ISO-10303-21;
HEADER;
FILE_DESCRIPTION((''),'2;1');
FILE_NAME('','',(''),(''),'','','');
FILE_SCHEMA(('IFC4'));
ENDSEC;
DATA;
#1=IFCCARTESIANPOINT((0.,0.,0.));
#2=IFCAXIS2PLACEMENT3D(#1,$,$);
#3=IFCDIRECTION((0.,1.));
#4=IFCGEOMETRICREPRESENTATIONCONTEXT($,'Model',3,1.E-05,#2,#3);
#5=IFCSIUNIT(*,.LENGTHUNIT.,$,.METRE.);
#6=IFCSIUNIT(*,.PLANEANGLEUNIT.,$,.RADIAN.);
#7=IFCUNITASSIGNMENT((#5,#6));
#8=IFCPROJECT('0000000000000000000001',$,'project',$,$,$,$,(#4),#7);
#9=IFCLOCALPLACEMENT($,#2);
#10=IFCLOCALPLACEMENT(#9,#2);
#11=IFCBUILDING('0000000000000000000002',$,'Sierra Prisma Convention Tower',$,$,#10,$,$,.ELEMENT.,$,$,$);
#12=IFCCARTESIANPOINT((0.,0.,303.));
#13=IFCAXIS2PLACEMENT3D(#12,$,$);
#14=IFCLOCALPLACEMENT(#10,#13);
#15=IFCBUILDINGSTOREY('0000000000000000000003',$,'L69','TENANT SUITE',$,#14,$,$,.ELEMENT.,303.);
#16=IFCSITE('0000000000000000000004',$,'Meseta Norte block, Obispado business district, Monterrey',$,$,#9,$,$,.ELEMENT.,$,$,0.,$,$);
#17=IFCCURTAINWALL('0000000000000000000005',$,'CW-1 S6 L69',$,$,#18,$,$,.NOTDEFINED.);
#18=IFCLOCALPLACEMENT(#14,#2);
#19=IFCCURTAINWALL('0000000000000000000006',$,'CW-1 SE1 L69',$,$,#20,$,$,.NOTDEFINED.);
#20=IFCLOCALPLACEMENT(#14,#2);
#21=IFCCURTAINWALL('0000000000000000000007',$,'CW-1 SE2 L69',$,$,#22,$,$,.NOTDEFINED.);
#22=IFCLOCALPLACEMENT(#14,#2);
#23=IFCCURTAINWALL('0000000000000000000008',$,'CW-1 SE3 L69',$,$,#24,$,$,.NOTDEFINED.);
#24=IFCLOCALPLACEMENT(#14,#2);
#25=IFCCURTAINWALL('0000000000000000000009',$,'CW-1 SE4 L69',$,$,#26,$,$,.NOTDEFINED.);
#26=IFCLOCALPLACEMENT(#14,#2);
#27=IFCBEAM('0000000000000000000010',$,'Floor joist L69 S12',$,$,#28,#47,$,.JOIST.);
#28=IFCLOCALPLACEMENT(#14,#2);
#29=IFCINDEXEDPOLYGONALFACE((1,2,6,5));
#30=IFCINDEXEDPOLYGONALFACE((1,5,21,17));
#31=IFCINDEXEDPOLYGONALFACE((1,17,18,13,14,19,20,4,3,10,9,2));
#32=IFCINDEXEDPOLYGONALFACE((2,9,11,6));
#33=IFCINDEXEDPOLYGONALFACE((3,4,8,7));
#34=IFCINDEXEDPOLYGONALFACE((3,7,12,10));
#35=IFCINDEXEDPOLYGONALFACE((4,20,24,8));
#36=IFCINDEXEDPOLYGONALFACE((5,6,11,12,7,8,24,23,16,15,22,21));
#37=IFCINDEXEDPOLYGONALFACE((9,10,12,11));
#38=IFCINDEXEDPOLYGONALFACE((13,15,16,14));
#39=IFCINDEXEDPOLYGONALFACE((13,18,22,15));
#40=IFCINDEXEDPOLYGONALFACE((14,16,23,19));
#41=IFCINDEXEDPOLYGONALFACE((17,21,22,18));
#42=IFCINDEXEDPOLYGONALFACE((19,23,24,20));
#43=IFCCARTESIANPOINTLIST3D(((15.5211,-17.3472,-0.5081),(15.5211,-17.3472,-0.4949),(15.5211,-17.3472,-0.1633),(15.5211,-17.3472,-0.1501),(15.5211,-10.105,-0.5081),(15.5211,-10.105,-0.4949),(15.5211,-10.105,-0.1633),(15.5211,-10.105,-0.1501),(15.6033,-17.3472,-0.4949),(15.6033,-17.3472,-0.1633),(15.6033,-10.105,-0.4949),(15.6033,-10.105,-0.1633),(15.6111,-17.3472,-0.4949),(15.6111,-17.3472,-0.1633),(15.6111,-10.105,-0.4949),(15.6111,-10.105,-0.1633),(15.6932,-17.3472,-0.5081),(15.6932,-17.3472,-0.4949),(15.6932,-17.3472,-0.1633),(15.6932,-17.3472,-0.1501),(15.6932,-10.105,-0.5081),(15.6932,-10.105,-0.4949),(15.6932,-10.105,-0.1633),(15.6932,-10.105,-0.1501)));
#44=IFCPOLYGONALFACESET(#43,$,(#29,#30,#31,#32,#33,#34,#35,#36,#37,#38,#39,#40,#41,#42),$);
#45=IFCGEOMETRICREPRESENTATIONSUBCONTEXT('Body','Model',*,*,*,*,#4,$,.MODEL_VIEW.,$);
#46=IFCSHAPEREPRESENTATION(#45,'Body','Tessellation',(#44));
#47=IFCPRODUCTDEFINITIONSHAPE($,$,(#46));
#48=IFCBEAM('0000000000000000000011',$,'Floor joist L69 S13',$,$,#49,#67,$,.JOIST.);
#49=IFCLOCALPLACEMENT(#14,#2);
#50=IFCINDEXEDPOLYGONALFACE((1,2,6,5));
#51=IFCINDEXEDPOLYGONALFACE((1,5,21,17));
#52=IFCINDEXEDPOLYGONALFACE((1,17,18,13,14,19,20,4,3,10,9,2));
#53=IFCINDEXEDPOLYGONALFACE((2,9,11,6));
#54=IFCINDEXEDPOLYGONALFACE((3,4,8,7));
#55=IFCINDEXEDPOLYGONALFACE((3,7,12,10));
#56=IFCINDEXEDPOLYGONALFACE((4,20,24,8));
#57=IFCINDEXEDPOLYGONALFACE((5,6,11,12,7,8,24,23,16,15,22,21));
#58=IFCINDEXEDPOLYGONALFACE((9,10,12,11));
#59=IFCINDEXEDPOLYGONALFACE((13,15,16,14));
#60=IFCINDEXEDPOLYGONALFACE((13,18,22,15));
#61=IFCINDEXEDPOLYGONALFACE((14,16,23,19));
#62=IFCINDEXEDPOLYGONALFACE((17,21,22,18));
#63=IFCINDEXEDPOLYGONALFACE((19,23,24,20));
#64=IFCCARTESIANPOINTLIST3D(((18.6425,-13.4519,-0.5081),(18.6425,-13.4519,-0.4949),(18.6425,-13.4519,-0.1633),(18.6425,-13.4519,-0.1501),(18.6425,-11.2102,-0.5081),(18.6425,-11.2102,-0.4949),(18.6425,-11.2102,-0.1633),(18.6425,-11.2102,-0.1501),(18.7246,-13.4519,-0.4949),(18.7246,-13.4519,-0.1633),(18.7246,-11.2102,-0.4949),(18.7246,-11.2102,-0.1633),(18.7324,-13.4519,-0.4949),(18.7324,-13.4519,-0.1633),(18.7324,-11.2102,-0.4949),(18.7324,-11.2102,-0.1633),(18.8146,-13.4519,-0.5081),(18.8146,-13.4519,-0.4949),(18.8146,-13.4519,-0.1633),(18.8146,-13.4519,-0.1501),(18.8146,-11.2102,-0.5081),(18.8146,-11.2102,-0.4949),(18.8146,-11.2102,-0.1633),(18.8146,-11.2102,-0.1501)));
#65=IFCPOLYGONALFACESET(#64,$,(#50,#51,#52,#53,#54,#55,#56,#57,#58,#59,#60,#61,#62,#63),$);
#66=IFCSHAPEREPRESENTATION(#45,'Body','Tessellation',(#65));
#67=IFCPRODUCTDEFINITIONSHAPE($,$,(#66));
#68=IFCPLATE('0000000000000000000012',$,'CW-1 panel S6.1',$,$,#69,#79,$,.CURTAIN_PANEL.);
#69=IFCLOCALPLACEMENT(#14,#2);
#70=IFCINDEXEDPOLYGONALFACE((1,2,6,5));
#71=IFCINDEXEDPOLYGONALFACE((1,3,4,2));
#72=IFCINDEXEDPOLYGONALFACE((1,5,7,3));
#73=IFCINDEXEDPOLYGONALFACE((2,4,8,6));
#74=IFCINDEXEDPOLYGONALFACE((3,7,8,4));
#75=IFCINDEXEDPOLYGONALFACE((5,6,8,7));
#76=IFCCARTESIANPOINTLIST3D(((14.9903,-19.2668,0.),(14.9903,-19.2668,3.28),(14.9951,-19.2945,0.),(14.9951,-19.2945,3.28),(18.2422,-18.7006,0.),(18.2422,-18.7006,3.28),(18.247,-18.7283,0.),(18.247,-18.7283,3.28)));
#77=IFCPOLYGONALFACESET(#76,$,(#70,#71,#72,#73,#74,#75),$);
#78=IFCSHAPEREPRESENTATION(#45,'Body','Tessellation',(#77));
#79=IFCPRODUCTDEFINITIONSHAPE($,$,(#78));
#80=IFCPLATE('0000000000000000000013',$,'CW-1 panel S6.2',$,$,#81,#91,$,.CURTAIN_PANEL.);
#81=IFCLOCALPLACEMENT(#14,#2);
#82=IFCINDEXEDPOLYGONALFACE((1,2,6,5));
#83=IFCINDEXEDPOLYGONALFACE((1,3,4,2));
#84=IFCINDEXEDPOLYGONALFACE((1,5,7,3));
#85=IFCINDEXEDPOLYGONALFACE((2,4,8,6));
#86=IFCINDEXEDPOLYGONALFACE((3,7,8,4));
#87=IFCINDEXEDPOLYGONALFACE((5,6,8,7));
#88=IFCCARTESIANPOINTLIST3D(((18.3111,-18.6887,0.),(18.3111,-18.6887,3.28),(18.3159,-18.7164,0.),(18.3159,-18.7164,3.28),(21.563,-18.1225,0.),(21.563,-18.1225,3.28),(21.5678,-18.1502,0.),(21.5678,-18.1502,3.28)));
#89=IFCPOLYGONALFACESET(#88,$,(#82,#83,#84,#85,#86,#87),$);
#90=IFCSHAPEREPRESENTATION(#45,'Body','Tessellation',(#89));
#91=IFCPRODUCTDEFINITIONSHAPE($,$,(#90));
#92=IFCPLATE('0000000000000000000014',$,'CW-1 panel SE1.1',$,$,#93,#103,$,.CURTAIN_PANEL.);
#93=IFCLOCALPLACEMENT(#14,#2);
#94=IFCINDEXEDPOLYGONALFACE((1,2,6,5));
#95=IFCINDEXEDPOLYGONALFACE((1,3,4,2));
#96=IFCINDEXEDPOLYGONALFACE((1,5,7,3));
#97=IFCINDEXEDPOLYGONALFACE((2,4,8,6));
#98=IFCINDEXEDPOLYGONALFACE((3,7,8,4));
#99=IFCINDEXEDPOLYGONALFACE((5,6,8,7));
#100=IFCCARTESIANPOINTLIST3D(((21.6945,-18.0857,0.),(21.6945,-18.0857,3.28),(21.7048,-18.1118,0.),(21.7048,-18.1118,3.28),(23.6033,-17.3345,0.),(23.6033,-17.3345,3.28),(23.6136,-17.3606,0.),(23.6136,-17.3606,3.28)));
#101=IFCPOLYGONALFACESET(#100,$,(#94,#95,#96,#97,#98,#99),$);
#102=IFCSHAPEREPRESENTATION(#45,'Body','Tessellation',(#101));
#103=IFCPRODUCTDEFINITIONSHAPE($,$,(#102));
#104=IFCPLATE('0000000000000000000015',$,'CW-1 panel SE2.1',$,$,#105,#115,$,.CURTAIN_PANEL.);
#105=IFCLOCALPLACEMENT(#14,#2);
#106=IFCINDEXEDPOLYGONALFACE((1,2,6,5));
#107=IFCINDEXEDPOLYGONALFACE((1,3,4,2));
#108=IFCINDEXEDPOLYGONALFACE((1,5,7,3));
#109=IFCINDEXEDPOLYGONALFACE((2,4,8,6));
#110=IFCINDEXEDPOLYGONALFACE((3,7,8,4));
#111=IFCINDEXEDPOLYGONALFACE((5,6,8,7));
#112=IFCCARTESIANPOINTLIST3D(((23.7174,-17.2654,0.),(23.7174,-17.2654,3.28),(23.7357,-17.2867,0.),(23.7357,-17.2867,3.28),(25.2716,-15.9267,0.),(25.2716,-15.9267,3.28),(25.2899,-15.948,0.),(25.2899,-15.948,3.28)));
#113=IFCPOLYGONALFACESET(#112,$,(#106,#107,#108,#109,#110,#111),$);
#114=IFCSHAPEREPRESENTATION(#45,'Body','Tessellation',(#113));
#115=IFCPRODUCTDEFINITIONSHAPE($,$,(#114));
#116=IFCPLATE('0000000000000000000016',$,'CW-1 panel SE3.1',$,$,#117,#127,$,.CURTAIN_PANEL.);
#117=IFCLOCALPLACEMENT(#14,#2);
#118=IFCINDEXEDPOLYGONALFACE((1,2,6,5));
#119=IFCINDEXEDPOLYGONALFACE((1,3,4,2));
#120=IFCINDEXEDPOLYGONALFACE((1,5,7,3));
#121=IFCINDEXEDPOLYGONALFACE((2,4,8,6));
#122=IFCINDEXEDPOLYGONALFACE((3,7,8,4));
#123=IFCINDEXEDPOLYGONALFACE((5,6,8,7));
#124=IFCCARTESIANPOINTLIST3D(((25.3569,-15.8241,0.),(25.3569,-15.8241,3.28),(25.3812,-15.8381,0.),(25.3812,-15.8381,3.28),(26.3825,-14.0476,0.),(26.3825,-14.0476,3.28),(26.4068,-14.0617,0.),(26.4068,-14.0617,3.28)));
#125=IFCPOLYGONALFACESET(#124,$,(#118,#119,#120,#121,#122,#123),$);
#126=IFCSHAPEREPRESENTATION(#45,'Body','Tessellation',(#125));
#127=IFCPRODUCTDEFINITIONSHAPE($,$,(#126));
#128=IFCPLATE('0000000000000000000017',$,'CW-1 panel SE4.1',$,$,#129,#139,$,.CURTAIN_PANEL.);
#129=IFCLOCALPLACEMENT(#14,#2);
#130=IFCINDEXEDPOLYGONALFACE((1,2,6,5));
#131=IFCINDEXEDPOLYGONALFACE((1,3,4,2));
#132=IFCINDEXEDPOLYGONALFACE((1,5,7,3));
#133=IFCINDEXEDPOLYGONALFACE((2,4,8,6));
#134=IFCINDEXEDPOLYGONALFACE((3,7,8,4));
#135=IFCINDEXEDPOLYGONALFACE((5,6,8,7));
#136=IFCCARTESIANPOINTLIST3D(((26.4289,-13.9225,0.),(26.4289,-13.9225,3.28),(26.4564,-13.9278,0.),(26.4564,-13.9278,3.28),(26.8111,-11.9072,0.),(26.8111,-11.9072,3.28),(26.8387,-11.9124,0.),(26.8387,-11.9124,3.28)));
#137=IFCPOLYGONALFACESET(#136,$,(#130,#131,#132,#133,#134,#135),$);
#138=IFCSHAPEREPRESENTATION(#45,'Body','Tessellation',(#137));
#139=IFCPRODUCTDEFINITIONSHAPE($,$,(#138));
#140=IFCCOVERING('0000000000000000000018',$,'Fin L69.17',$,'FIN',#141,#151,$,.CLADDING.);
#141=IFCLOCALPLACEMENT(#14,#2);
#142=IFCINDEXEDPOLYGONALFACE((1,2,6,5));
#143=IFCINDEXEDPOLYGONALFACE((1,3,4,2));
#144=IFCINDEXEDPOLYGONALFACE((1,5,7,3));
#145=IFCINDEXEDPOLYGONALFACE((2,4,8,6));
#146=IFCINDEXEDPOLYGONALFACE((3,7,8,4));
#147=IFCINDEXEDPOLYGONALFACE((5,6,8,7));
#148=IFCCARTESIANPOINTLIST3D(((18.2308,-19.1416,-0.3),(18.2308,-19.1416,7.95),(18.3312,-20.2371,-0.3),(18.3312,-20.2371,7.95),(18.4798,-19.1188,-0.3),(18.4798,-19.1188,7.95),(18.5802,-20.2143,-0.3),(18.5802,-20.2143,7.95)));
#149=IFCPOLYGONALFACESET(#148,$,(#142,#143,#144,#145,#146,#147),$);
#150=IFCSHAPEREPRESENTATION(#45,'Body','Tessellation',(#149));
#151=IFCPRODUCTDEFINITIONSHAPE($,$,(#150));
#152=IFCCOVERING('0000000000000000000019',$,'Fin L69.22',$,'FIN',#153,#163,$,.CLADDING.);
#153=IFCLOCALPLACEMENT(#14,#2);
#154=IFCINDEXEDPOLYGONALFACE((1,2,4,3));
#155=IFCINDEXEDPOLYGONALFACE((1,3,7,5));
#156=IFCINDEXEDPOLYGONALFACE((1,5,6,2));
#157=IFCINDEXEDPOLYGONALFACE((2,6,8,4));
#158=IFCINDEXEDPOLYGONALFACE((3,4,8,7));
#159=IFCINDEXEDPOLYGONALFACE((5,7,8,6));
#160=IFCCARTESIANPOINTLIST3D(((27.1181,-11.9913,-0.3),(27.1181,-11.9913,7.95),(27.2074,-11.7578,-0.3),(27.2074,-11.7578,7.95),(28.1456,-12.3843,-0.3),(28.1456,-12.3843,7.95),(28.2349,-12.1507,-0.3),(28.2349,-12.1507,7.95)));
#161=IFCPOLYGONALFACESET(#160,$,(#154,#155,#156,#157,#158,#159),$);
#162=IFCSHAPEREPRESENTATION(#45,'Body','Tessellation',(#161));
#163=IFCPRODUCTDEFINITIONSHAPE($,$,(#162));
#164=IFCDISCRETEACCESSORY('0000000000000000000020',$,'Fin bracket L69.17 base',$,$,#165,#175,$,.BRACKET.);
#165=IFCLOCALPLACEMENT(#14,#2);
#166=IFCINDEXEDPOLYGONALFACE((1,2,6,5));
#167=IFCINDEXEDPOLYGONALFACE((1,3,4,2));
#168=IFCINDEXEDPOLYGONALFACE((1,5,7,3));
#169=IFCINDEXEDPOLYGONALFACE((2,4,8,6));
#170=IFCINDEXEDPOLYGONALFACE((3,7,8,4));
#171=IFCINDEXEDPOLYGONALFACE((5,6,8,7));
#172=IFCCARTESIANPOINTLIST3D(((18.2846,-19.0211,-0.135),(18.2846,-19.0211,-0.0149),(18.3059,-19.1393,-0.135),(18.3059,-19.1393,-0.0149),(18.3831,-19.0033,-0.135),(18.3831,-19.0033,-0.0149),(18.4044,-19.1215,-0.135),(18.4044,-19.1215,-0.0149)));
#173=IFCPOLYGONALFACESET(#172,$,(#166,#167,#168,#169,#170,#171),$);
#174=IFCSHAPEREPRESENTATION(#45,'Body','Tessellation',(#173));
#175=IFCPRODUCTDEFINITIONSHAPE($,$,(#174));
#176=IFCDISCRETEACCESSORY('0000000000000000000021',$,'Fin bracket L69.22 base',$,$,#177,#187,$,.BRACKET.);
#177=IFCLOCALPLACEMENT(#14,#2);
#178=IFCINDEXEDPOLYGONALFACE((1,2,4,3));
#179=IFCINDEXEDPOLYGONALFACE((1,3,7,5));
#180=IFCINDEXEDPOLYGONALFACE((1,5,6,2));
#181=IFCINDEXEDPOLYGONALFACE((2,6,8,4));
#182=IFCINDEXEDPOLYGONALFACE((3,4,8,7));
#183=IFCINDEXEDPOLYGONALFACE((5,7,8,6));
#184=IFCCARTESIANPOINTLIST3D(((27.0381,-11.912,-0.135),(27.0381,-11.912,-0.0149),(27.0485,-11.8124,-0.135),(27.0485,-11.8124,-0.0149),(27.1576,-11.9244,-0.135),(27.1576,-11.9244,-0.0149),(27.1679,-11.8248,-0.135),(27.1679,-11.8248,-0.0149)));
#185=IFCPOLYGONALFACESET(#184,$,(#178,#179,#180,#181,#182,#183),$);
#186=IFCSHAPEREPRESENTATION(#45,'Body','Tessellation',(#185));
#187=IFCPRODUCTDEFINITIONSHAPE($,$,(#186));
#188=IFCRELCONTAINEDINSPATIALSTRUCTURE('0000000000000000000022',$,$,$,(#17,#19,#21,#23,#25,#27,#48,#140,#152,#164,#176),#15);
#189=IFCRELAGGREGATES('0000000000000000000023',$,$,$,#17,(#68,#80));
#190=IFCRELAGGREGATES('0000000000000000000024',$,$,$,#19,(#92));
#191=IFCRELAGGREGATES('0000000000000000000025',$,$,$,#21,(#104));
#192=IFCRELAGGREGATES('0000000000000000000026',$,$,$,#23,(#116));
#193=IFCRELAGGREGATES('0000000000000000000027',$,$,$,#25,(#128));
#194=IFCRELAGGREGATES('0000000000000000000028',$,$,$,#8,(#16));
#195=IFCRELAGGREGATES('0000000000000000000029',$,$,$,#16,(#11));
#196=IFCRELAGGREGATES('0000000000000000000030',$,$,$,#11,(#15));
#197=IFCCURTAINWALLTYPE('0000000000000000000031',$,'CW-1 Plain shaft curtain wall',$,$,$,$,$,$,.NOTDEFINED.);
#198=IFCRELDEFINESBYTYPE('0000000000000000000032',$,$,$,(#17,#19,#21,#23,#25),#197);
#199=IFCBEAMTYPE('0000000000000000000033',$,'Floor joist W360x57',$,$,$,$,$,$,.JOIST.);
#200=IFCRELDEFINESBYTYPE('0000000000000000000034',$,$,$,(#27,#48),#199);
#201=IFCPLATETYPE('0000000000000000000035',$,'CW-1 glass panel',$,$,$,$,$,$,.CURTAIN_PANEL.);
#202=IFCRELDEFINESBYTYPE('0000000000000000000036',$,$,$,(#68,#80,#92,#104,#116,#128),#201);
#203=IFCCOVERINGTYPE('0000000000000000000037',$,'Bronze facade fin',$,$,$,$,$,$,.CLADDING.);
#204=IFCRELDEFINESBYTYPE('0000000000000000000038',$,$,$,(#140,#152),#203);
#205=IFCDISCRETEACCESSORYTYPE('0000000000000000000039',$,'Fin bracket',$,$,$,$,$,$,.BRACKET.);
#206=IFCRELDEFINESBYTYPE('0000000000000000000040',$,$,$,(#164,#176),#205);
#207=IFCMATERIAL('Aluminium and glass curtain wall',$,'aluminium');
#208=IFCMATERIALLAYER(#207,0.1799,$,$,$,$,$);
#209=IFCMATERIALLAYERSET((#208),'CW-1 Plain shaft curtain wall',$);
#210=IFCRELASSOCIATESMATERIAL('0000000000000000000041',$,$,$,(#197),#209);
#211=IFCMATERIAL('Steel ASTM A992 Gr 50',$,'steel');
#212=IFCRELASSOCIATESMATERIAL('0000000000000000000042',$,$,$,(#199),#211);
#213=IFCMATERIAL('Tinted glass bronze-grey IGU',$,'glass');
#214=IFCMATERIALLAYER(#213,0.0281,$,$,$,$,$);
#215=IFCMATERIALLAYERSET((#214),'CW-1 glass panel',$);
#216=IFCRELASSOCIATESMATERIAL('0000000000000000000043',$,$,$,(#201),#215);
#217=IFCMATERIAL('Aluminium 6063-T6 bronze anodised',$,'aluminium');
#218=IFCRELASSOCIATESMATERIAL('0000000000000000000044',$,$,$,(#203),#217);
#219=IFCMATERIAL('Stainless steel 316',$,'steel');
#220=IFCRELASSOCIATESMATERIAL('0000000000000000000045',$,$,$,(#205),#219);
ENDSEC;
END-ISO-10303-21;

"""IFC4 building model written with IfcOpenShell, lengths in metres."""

from ifc_helpers import new_model, si_unit, direction, frame, origin, origin_2d, place, context, subcontext, project, spatial, rectangle, i_section, extrude, material, layer, layer_set, material_profile, profile_set, type_object, element, aggregate, save


model = new_model("IFC4")

# Units and contexts
model_context = context("Model", 3, precision=1e-05, world=origin(), true_north=direction((0.0, 1.0)))
body_context = subcontext(model_context, "Body", "Model", "MODEL_VIEW")
ifc_project = project(units=[si_unit("LENGTHUNIT", "METRE"), si_unit("PLANEANGLEUNIT", "RADIAN")], contexts=[model_context])

# Site, building, storey
site_placement = place(None, origin())
site = spatial("IfcSite", under=ifc_project, at=site_placement, Name="Meseta Norte block, Obispado business district, Monterrey", CompositionType="ELEMENT", RefElevation=0.0)
building_placement = place(site_placement, origin())
building = spatial("IfcBuilding", under=site, at=building_placement, Name="Sierra Prisma Convention Tower", CompositionType="ELEMENT")
storey_placement = place(building_placement, frame((0.0, 0.0, 303.0)))
storey = spatial("IfcBuildingStorey", under=building, at=storey_placement, Name="L69", Description="TENANT SUITE", CompositionType="ELEMENT", Elevation=303.0)

# Curtain walls
ifc_material_1 = material(Name="Aluminium and glass curtain wall", Category="aluminium")
ifc_layer_1 = layer(ifc_material_1, 0.1799)
ifc_layer_set_1 = layer_set([ifc_layer_1], Name="CW-1 Plain shaft curtain wall")
curtain_wall_type = type_object("IfcCurtainWallType", Name="CW-1 Plain shaft curtain wall", PredefinedType="NOTDEFINED", material=ifc_layer_set_1)
curtain_wall_1_placement = place(storey_placement, origin())
curtain_wall_1 = element("IfcCurtainWall", 1, at=curtain_wall_1_placement, inside=storey, type_object=curtain_wall_type, Name="CW-1 S6 L69", PredefinedType="NOTDEFINED")
curtain_wall_2_placement = place(storey_placement, origin())
curtain_wall_2 = element("IfcCurtainWall", 2, at=curtain_wall_2_placement, inside=storey, type_object=curtain_wall_type, Name="CW-1 SE1 L69", PredefinedType="NOTDEFINED")
curtain_wall_3_placement = place(storey_placement, origin())
curtain_wall_3 = element("IfcCurtainWall", 3, at=curtain_wall_3_placement, inside=storey, type_object=curtain_wall_type, Name="CW-1 SE2 L69", PredefinedType="NOTDEFINED")
curtain_wall_4_placement = place(storey_placement, origin())
curtain_wall_4 = element("IfcCurtainWall", 4, at=curtain_wall_4_placement, inside=storey, type_object=curtain_wall_type, Name="CW-1 SE3 L69", PredefinedType="NOTDEFINED")
curtain_wall_5_placement = place(storey_placement, origin())
curtain_wall_5 = element("IfcCurtainWall", 5, at=curtain_wall_5_placement, inside=storey, type_object=curtain_wall_type, Name="CW-1 SE4 L69", PredefinedType="NOTDEFINED")

# Beams
ifc_material_2 = material(Name="Steel ASTM A992 Gr 50", Category="steel")
ifc_material_profile_1 = material_profile(ifc_material_2, i_section(OverallWidth=0.1721, OverallDepth=0.3579, WebThickness=0.0078, FlangeThickness=0.0132, at=origin_2d()), Name="W360x57")
ifc_profile_set_1 = profile_set([ifc_material_profile_1], Name="Steel ASTM A992 Gr 50")
beam_type = type_object("IfcBeamType", Name="Floor joist W360x57", PredefinedType="JOIST", material=ifc_profile_set_1)
beam_1_placement = place(storey_placement, frame((15.6072, -17.3472, -0.3291), z_axis=(0.0, 1.0, 0.0), x_axis=(-1.0, 0.0, 0.0)))
element("IfcBeam", 6, at=beam_1_placement, inside=storey, type_object=beam_type, Name="Floor joist L69 S12", PredefinedType="JOIST", context=body_context, shape_type="SweptSolid", body=[
    extrude(i_section(OverallWidth=0.1721, OverallDepth=0.3579, WebThickness=0.0078, FlangeThickness=0.0132, at=origin_2d()), origin(), (0.0, 0.0, 1.0), 7.2422),
])
beam_2_placement = place(storey_placement, frame((18.7285, -13.4519, -0.3291), z_axis=(0.0, 1.0, 0.0), x_axis=(-1.0, 0.0, 0.0)))
element("IfcBeam", 7, at=beam_2_placement, inside=storey, type_object=beam_type, Name="Floor joist L69 S13", PredefinedType="JOIST", context=body_context, shape_type="SweptSolid", body=[
    extrude(i_section(OverallWidth=0.1721, OverallDepth=0.3579, WebThickness=0.0078, FlangeThickness=0.0132, at=origin_2d()), origin(), (0.0, 0.0, 1.0), 2.2417),
])

# Plates
ifc_material_3 = material(Name="Tinted glass bronze-grey IGU", Category="glass")
ifc_layer_2 = layer(ifc_material_3, 0.0281)
ifc_layer_set_2 = layer_set([ifc_layer_2], Name="CW-1 glass panel")
plate_type = type_object("IfcPlateType", Name="CW-1 glass panel", PredefinedType="CURTAIN_PANEL", material=ifc_layer_set_2)
plate_1_placement = place(storey_placement, frame((16.6187, -18.9976, 0.0), z_axis=(0.0, 0.0, 1.0), x_axis=(0.985179, 0.171532, 0.0)))
plate_1 = element("IfcPlate", 8, at=plate_1_placement, type_object=plate_type, Name="CW-1 panel S6.1", PredefinedType="CURTAIN_PANEL", context=body_context, shape_type="SweptSolid", body=[
    extrude(rectangle(XDim=3.3008, YDim=0.0281, at=origin_2d()), origin(), (0.0, 0.0, 1.0), 3.28),
])
plate_2_placement = place(storey_placement, frame((19.9395, -18.4194, 0.0), z_axis=(0.0, 0.0, 1.0), x_axis=(0.985179, 0.171532, 0.0)))
plate_2 = element("IfcPlate", 9, at=plate_2_placement, type_object=plate_type, Name="CW-1 panel S6.2", PredefinedType="CURTAIN_PANEL", context=body_context, shape_type="SweptSolid", body=[
    extrude(rectangle(XDim=3.3008, YDim=0.0281, at=origin_2d()), origin(), (0.0, 0.0, 1.0), 3.28),
])
aggregate(curtain_wall_1, [plate_1, plate_2])
plate_3_placement = place(storey_placement, frame((22.6541, -17.7231, 0.0), z_axis=(0.0, 0.0, 1.0), x_axis=(0.930534, 0.366206, 0.0)))
plate_3 = element("IfcPlate", 10, at=plate_3_placement, type_object=plate_type, Name="CW-1 panel SE1.1", PredefinedType="CURTAIN_PANEL", context=body_context, shape_type="SweptSolid", body=[
    extrude(rectangle(XDim=2.0513, YDim=0.0281, at=origin_2d()), origin(), (0.0, 0.0, 1.0), 3.28),
])
aggregate(curtain_wall_2, [plate_3])
plate_4_placement = place(storey_placement, frame((24.5037, -16.6067, 0.0), z_axis=(0.0, 0.0, 1.0), x_axis=(0.757669, 0.65264, 0.0)))
plate_4 = element("IfcPlate", 11, at=plate_4_placement, type_object=plate_type, Name="CW-1 panel SE2.1", PredefinedType="CURTAIN_PANEL", context=body_context, shape_type="SweptSolid", body=[
    extrude(rectangle(XDim=2.0513, YDim=0.0281, at=origin_2d()), origin(), (0.0, 0.0, 1.0), 3.28),
])
aggregate(curtain_wall_3, [plate_4])
plate_5_placement = place(storey_placement, frame((25.8818, -14.9429, 0.0), z_axis=(0.0, 0.0, 1.0), x_axis=(0.5, 0.866025, 0.0)))
plate_5 = element("IfcPlate", 12, at=plate_5_placement, type_object=plate_type, Name="CW-1 panel SE3.1", PredefinedType="CURTAIN_PANEL", context=body_context, shape_type="SweptSolid", body=[
    extrude(rectangle(XDim=2.0513, YDim=0.0281, at=origin_2d()), origin(), (0.0, 0.0, 1.0), 3.28),
])
aggregate(curtain_wall_4, [plate_5])
plate_6_placement = place(storey_placement, frame((26.6338, -12.9175, 0.0), z_axis=(0.0, 0.0, 1.0), x_axis=(0.186368, 0.98248, 0.0)))
plate_6 = element("IfcPlate", 13, at=plate_6_placement, type_object=plate_type, Name="CW-1 panel SE4.1", PredefinedType="CURTAIN_PANEL", context=body_context, shape_type="SweptSolid", body=[
    extrude(rectangle(XDim=2.0513, YDim=0.0281, at=origin_2d()), origin(), (0.0, 0.0, 1.0), 3.28),
])
aggregate(curtain_wall_5, [plate_6])

# Coverings
ifc_material_4 = material(Name="Aluminium 6063-T6 bronze anodised", Category="aluminium")
ifc_material_profile_2 = material_profile(ifc_material_4, rectangle(XDim=1.1001, YDim=0.25, at=origin_2d()), Name="ALU FIN 1100x250")
ifc_profile_set_2 = profile_set([ifc_material_profile_2], Name="Aluminium 6063-T6 bronze anodised")
covering_type = type_object("IfcCoveringType", Name="Bronze facade fin", PredefinedType="CLADDING", material=ifc_profile_set_2)
for number, where, z_axis, x_axis, name in (
    (14, (18.4055, -19.678, -0.3), (0.0, 0.0, 1.0), (0.091259, -0.995827, 0.0), "Fin L69.17"),
    (15, (27.6765, -12.071, -0.3), (0.0, 0.0, 1.0), (0.934042, -0.357164, 0.0), "Fin L69.22"),
):
    element("IfcCovering", number, at=place(storey_placement, frame(where, z_axis=z_axis, x_axis=x_axis)), inside=storey, type_object=covering_type, Name=name, ObjectType="FIN", PredefinedType="CLADDING", context=body_context, shape_type="SweptSolid", body=[
        extrude(rectangle(XDim=1.1001, YDim=0.25, at=origin_2d()), origin(), (0.0, 0.0, 1.0), 8.25),
    ])

# Discrete accessories
ifc_material_5 = material(Name="Stainless steel 316", Category="steel")
discrete_accessory_type = type_object("IfcDiscreteAccessoryType", Name="Fin bracket", PredefinedType="BRACKET", material=ifc_material_5)
for number, where, z_axis, x_axis, name in (
    (16, (18.3445, -19.0713, -0.135), (0.0, 0.0, 1.0), (0.177704, -0.984084, 0.0), "Fin bracket L69.17 base"),
    (17, (27.103, -11.8684, -0.135), (0.0, 0.0, 1.0), (0.994656, -0.103246, 0.0), "Fin bracket L69.22 base"),
):
    element("IfcDiscreteAccessory", number, at=place(storey_placement, frame(where, z_axis=z_axis, x_axis=x_axis)), inside=storey, type_object=discrete_accessory_type, Name=name, PredefinedType="BRACKET", context=body_context, shape_type="SweptSolid", body=[
        extrude(rectangle(XDim=0.1201, YDim=0.1001, at=origin_2d()), origin(), (0.0, 0.0, 1.0), 0.1201),
    ])

save(model, "model.ifc")
